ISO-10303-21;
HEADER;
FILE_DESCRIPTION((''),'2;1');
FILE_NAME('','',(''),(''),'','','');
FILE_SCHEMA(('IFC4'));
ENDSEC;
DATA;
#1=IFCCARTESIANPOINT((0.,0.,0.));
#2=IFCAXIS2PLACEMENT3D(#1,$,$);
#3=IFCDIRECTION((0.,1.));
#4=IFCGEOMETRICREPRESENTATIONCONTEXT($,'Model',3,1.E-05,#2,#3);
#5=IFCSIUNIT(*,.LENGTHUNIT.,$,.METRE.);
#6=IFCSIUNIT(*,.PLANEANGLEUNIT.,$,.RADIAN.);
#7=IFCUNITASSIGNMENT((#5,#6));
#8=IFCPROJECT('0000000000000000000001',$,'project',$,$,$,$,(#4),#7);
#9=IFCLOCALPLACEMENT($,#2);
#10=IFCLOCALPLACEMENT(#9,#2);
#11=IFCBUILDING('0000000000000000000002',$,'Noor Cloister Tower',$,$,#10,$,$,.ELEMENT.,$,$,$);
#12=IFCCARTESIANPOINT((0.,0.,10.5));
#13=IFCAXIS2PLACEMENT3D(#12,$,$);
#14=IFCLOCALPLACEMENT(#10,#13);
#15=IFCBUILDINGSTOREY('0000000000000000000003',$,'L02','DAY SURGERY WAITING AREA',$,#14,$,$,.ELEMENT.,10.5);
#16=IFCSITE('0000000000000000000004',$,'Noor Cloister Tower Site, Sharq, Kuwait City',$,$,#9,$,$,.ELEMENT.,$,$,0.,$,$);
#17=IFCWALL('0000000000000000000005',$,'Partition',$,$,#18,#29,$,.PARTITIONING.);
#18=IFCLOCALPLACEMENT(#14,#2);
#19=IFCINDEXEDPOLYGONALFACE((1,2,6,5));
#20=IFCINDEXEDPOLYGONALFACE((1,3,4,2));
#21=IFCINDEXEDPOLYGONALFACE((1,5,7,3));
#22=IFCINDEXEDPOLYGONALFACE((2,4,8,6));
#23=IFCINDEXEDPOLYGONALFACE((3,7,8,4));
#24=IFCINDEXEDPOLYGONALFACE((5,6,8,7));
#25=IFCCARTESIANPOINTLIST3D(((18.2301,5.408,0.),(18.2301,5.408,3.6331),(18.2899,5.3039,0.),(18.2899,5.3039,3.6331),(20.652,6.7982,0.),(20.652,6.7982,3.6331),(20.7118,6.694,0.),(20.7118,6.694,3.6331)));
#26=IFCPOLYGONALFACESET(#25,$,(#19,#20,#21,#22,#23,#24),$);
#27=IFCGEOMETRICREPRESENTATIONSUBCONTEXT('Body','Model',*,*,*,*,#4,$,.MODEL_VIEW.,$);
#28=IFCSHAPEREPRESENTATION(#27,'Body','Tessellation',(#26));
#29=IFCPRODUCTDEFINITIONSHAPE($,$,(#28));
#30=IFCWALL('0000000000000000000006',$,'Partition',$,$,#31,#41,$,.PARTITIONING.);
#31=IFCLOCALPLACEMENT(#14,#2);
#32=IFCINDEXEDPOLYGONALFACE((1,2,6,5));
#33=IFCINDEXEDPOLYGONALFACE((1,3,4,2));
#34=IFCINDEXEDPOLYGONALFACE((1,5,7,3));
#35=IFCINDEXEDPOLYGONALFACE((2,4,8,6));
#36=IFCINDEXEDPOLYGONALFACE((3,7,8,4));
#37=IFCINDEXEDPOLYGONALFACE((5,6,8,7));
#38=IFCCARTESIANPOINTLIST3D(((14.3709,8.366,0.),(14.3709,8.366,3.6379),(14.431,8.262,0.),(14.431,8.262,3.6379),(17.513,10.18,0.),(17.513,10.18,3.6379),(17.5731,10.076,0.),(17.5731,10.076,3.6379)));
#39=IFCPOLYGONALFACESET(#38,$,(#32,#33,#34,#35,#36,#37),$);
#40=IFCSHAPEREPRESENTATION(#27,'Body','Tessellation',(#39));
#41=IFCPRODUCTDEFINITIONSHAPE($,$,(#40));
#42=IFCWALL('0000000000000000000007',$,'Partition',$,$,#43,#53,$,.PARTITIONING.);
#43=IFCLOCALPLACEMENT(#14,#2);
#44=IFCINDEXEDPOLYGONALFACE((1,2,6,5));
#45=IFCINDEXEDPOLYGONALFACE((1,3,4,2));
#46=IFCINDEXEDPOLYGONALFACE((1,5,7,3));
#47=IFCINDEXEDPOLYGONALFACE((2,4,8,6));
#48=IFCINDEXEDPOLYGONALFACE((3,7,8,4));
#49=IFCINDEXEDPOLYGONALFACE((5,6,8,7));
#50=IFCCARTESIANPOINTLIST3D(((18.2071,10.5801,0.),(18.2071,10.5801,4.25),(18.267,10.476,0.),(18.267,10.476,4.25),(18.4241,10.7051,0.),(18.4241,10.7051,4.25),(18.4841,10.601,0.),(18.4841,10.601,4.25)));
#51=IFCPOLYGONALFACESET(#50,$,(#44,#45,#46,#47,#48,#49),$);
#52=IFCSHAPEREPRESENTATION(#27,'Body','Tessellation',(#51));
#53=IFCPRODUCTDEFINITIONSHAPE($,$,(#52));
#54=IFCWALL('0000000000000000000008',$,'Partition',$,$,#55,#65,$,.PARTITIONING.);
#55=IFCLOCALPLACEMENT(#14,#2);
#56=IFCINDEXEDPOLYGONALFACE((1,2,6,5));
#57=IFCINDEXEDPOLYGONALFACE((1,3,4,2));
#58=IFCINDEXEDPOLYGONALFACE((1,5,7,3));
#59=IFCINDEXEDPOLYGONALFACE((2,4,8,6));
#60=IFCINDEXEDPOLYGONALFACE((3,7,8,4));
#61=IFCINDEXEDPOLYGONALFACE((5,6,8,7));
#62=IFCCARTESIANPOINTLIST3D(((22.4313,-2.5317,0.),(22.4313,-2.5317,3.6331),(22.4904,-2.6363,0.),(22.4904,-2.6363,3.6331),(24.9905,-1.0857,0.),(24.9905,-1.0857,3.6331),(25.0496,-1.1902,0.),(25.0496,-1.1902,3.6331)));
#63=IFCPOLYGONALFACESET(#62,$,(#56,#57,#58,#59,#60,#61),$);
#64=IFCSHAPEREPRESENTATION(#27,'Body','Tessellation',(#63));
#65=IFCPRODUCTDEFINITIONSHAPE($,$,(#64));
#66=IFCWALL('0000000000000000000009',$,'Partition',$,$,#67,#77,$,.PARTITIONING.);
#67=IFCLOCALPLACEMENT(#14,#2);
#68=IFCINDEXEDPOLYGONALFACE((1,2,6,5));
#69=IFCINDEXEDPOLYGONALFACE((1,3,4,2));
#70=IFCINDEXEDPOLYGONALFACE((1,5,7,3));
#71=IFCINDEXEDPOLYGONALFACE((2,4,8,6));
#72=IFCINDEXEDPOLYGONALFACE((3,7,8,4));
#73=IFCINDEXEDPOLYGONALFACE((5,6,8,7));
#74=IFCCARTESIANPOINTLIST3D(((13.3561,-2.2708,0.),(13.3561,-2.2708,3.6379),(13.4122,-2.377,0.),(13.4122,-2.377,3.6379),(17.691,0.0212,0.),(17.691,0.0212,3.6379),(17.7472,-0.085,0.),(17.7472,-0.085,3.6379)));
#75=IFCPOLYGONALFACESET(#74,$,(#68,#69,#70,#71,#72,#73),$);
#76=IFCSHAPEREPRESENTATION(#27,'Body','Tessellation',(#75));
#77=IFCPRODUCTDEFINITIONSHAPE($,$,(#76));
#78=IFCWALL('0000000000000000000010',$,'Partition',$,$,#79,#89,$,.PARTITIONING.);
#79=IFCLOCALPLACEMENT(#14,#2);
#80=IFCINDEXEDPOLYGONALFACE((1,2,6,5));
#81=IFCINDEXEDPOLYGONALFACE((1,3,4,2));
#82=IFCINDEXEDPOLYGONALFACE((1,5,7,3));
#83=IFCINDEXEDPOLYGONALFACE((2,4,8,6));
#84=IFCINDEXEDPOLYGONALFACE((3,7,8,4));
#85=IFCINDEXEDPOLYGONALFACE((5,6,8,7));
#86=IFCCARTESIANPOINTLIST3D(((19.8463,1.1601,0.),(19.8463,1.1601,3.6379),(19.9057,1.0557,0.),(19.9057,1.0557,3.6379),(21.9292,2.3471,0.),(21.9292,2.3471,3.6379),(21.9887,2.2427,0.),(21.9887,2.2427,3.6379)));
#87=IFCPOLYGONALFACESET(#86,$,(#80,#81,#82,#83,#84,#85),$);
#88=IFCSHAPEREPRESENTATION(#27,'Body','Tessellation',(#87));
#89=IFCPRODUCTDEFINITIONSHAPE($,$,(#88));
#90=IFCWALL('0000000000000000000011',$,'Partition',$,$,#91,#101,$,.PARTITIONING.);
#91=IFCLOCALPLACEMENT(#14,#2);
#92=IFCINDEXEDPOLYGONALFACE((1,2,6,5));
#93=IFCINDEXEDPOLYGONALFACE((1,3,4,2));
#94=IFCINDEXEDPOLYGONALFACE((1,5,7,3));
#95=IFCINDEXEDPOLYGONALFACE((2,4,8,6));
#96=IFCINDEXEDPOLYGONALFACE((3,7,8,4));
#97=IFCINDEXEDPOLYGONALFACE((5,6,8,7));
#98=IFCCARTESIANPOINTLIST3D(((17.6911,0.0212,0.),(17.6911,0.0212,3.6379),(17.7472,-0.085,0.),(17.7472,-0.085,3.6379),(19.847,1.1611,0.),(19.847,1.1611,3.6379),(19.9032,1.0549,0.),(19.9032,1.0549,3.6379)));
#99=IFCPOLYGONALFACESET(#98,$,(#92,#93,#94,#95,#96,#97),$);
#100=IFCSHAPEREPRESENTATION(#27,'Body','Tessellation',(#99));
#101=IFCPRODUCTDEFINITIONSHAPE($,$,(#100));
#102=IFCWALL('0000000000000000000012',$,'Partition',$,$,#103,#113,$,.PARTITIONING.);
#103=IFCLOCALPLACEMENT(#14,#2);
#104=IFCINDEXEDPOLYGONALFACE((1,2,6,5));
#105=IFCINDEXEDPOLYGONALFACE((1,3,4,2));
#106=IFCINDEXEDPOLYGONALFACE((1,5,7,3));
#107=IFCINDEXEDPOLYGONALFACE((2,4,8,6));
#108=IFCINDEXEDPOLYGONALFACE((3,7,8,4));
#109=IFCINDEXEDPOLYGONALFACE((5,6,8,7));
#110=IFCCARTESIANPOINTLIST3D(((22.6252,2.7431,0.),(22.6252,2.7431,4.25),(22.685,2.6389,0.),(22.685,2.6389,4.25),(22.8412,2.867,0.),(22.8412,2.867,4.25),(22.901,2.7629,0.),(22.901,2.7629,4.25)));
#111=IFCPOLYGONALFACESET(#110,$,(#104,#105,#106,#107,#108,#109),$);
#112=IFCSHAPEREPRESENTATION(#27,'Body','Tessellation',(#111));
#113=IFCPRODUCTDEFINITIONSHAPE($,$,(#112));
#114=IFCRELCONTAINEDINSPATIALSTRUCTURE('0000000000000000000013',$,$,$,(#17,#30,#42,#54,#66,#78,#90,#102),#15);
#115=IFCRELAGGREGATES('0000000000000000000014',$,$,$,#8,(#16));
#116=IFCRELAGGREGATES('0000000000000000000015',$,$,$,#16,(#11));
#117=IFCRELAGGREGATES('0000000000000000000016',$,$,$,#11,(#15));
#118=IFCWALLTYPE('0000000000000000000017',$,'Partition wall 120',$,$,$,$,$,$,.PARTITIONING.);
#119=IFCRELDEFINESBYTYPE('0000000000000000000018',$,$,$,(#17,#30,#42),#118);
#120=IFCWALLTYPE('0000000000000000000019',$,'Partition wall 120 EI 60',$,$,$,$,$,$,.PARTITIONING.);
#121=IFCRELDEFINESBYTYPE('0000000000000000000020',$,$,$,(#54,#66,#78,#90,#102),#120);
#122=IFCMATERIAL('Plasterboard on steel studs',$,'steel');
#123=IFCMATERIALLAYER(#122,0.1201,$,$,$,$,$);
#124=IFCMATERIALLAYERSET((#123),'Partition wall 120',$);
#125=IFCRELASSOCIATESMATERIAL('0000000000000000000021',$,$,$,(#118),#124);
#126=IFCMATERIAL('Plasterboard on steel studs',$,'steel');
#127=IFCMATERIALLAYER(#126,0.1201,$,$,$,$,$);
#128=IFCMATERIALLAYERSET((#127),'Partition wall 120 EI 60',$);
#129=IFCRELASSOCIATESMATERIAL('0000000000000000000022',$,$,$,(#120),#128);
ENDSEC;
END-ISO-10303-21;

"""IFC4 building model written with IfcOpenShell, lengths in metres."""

from ifc_helpers import new_model, si_unit, direction, frame, frame_2d, origin, place, context, subcontext, project, spatial, rectangle, extrude, material, layer, layer_set, type_object, element, save


model = new_model("IFC4")

# Units and contexts
model_context = context("Model", 3, precision=1e-05, world=origin(), true_north=direction((0.0, 1.0)))
body_context = subcontext(model_context, "Body", "Model", "MODEL_VIEW")
ifc_project = project(units=[si_unit("LENGTHUNIT", "METRE"), si_unit("PLANEANGLEUNIT", "RADIAN")], contexts=[model_context])

# Site, building, storey
site_placement = place(None, origin())
site = spatial("IfcSite", under=ifc_project, at=site_placement, Name="Noor Cloister Tower Site, Sharq, Kuwait City", CompositionType="ELEMENT", RefElevation=0.0)
building_placement = place(site_placement, origin())
building = spatial("IfcBuilding", under=site, at=building_placement, Name="Noor Cloister Tower", CompositionType="ELEMENT")
storey_placement = place(building_placement, frame((0.0, 0.0, 10.5)))
storey = spatial("IfcBuildingStorey", under=building, at=storey_placement, Name="L02", Description="DAY SURGERY WAITING AREA", CompositionType="ELEMENT", Elevation=10.5)

# Walls
ifc_material_1 = material(Name="Plasterboard on steel studs", Category="steel")
ifc_layer_1 = layer(ifc_material_1, 0.1201)
ifc_layer_set_1 = layer_set([ifc_layer_1], Name="Partition wall 120")
wall_type_1 = type_object("IfcWallType", Name="Partition wall 120", PredefinedType="PARTITIONING", material=ifc_layer_set_1)
wall_1_placement = place(storey_placement, frame((20.6819, 6.7461, 0.0), z_axis=(0.0, 0.0, 1.0), x_axis=(-0.867284, -0.497814, 0.0)))
element("IfcWall", 1, at=wall_1_placement, inside=storey, type_object=wall_type_1, Name="Partition", PredefinedType="PARTITIONING", context=body_context, shape_type="SweptSolid", body=[
    extrude(rectangle(XDim=2.7925, YDim=0.1201, at=frame_2d((1.3962, 0.0))), origin(), (0.0, 0.0, 1.0), 3.6331),
])
wall_2_placement = place(storey_placement, frame((17.543, 10.1279, 0.0), z_axis=(0.0, 0.0, 1.0), x_axis=(-0.86604, -0.499975, 0.0)))
element("IfcWall", 2, at=wall_2_placement, inside=storey, type_object=wall_type_1, Name="Partition", PredefinedType="PARTITIONING", context=body_context, shape_type="SweptSolid", body=[
    extrude(rectangle(XDim=3.6282, YDim=0.1201, at=frame_2d((1.814, 0.0))), origin(), (0.0, 0.0, 1.0), 3.6379),
])
wall_3_placement = place(storey_placement, frame((18.4541, 10.6531, 0.0), z_axis=(0.0, 0.0, 1.0), x_axis=(-0.866559, -0.499075, 0.0)))
element("IfcWall", 3, at=wall_3_placement, inside=storey, type_object=wall_type_1, Name="Partition", PredefinedType="PARTITIONING", context=body_context, shape_type="SweptSolid", body=[
    extrude(rectangle(XDim=0.2505, YDim=0.1201, at=frame_2d((0.1252, 0.0))), origin(), (0.0, 0.0, 1.0), 4.25),
])
ifc_material_2 = material(Name="Plasterboard on steel studs", Category="steel")
ifc_layer_2 = layer(ifc_material_2, 0.1201)
ifc_layer_set_2 = layer_set([ifc_layer_2], Name="Partition wall 120 EI 60")
wall_type_2 = type_object("IfcWallType", Name="Partition wall 120 EI 60", PredefinedType="PARTITIONING", material=ifc_layer_set_2)
wall_4_placement = place(storey_placement, frame((25.02, -1.1379, 0.0), z_axis=(0.0, 0.0, 1.0), x_axis=(-0.87062, -0.491956, 0.0)))
element("IfcWall", 4, at=wall_4_placement, inside=storey, type_object=wall_type_2, Name="Partition", PredefinedType="PARTITIONING", context=body_context, shape_type="SweptSolid", body=[
    extrude(rectangle(XDim=2.9395, YDim=0.1201, at=frame_2d((1.4697, 0.0))), origin(), (0.0, 0.0, 1.0), 3.6331),
])
wall_5_placement = place(storey_placement, frame((17.719, -0.032, 0.0), z_axis=(0.0, 0.0, 1.0), x_axis=(-0.88404, -0.467412, 0.0)))
element("IfcWall", 5, at=wall_5_placement, inside=storey, type_object=wall_type_2, Name="Partition", PredefinedType="PARTITIONING", context=body_context, shape_type="SweptSolid", body=[
    extrude(rectangle(XDim=4.9036, YDim=0.1201, at=frame_2d((2.4517, 0.0))), origin(), (0.0, 0.0, 1.0), 3.6379),
])
wall_6_placement = place(storey_placement, frame((21.959, 2.2949, 0.0), z_axis=(0.0, 0.0, 1.0), x_axis=(-0.868832, -0.495108, 0.0)))
element("IfcWall", 6, at=wall_6_placement, inside=storey, type_object=wall_type_2, Name="Partition", PredefinedType="PARTITIONING", context=body_context, shape_type="SweptSolid", body=[
    extrude(rectangle(XDim=2.3975, YDim=0.1201, at=frame_2d((1.1987, 0.0))), origin(), (0.0, 0.0, 1.0), 3.6379),
])
wall_7_placement = place(storey_placement, frame((19.875, 1.1079, 0.0), z_axis=(0.0, 0.0, 1.0), x_axis=(-0.884046, -0.4674, 0.0)))
element("IfcWall", 7, at=wall_7_placement, inside=storey, type_object=wall_type_2, Name="Partition", PredefinedType="PARTITIONING", context=body_context, shape_type="SweptSolid", body=[
    extrude(rectangle(XDim=2.4387, YDim=0.1201, at=frame_2d((1.2192, 0.0))), origin(), (0.0, 0.0, 1.0), 3.6379),
])
wall_8_placement = place(storey_placement, frame((22.8711, 2.8149, 0.0), z_axis=(0.0, 0.0, 1.0), x_axis=(-0.867277, -0.497827, 0.0)))
element("IfcWall", 8, at=wall_8_placement, inside=storey, type_object=wall_type_2, Name="Partition", PredefinedType="PARTITIONING", context=body_context, shape_type="SweptSolid", body=[
    extrude(rectangle(XDim=0.249, YDim=0.1201, at=frame_2d((0.1245, 0.0))), origin(), (0.0, 0.0, 1.0), 4.25),
])

save(model, "model.ifc")
